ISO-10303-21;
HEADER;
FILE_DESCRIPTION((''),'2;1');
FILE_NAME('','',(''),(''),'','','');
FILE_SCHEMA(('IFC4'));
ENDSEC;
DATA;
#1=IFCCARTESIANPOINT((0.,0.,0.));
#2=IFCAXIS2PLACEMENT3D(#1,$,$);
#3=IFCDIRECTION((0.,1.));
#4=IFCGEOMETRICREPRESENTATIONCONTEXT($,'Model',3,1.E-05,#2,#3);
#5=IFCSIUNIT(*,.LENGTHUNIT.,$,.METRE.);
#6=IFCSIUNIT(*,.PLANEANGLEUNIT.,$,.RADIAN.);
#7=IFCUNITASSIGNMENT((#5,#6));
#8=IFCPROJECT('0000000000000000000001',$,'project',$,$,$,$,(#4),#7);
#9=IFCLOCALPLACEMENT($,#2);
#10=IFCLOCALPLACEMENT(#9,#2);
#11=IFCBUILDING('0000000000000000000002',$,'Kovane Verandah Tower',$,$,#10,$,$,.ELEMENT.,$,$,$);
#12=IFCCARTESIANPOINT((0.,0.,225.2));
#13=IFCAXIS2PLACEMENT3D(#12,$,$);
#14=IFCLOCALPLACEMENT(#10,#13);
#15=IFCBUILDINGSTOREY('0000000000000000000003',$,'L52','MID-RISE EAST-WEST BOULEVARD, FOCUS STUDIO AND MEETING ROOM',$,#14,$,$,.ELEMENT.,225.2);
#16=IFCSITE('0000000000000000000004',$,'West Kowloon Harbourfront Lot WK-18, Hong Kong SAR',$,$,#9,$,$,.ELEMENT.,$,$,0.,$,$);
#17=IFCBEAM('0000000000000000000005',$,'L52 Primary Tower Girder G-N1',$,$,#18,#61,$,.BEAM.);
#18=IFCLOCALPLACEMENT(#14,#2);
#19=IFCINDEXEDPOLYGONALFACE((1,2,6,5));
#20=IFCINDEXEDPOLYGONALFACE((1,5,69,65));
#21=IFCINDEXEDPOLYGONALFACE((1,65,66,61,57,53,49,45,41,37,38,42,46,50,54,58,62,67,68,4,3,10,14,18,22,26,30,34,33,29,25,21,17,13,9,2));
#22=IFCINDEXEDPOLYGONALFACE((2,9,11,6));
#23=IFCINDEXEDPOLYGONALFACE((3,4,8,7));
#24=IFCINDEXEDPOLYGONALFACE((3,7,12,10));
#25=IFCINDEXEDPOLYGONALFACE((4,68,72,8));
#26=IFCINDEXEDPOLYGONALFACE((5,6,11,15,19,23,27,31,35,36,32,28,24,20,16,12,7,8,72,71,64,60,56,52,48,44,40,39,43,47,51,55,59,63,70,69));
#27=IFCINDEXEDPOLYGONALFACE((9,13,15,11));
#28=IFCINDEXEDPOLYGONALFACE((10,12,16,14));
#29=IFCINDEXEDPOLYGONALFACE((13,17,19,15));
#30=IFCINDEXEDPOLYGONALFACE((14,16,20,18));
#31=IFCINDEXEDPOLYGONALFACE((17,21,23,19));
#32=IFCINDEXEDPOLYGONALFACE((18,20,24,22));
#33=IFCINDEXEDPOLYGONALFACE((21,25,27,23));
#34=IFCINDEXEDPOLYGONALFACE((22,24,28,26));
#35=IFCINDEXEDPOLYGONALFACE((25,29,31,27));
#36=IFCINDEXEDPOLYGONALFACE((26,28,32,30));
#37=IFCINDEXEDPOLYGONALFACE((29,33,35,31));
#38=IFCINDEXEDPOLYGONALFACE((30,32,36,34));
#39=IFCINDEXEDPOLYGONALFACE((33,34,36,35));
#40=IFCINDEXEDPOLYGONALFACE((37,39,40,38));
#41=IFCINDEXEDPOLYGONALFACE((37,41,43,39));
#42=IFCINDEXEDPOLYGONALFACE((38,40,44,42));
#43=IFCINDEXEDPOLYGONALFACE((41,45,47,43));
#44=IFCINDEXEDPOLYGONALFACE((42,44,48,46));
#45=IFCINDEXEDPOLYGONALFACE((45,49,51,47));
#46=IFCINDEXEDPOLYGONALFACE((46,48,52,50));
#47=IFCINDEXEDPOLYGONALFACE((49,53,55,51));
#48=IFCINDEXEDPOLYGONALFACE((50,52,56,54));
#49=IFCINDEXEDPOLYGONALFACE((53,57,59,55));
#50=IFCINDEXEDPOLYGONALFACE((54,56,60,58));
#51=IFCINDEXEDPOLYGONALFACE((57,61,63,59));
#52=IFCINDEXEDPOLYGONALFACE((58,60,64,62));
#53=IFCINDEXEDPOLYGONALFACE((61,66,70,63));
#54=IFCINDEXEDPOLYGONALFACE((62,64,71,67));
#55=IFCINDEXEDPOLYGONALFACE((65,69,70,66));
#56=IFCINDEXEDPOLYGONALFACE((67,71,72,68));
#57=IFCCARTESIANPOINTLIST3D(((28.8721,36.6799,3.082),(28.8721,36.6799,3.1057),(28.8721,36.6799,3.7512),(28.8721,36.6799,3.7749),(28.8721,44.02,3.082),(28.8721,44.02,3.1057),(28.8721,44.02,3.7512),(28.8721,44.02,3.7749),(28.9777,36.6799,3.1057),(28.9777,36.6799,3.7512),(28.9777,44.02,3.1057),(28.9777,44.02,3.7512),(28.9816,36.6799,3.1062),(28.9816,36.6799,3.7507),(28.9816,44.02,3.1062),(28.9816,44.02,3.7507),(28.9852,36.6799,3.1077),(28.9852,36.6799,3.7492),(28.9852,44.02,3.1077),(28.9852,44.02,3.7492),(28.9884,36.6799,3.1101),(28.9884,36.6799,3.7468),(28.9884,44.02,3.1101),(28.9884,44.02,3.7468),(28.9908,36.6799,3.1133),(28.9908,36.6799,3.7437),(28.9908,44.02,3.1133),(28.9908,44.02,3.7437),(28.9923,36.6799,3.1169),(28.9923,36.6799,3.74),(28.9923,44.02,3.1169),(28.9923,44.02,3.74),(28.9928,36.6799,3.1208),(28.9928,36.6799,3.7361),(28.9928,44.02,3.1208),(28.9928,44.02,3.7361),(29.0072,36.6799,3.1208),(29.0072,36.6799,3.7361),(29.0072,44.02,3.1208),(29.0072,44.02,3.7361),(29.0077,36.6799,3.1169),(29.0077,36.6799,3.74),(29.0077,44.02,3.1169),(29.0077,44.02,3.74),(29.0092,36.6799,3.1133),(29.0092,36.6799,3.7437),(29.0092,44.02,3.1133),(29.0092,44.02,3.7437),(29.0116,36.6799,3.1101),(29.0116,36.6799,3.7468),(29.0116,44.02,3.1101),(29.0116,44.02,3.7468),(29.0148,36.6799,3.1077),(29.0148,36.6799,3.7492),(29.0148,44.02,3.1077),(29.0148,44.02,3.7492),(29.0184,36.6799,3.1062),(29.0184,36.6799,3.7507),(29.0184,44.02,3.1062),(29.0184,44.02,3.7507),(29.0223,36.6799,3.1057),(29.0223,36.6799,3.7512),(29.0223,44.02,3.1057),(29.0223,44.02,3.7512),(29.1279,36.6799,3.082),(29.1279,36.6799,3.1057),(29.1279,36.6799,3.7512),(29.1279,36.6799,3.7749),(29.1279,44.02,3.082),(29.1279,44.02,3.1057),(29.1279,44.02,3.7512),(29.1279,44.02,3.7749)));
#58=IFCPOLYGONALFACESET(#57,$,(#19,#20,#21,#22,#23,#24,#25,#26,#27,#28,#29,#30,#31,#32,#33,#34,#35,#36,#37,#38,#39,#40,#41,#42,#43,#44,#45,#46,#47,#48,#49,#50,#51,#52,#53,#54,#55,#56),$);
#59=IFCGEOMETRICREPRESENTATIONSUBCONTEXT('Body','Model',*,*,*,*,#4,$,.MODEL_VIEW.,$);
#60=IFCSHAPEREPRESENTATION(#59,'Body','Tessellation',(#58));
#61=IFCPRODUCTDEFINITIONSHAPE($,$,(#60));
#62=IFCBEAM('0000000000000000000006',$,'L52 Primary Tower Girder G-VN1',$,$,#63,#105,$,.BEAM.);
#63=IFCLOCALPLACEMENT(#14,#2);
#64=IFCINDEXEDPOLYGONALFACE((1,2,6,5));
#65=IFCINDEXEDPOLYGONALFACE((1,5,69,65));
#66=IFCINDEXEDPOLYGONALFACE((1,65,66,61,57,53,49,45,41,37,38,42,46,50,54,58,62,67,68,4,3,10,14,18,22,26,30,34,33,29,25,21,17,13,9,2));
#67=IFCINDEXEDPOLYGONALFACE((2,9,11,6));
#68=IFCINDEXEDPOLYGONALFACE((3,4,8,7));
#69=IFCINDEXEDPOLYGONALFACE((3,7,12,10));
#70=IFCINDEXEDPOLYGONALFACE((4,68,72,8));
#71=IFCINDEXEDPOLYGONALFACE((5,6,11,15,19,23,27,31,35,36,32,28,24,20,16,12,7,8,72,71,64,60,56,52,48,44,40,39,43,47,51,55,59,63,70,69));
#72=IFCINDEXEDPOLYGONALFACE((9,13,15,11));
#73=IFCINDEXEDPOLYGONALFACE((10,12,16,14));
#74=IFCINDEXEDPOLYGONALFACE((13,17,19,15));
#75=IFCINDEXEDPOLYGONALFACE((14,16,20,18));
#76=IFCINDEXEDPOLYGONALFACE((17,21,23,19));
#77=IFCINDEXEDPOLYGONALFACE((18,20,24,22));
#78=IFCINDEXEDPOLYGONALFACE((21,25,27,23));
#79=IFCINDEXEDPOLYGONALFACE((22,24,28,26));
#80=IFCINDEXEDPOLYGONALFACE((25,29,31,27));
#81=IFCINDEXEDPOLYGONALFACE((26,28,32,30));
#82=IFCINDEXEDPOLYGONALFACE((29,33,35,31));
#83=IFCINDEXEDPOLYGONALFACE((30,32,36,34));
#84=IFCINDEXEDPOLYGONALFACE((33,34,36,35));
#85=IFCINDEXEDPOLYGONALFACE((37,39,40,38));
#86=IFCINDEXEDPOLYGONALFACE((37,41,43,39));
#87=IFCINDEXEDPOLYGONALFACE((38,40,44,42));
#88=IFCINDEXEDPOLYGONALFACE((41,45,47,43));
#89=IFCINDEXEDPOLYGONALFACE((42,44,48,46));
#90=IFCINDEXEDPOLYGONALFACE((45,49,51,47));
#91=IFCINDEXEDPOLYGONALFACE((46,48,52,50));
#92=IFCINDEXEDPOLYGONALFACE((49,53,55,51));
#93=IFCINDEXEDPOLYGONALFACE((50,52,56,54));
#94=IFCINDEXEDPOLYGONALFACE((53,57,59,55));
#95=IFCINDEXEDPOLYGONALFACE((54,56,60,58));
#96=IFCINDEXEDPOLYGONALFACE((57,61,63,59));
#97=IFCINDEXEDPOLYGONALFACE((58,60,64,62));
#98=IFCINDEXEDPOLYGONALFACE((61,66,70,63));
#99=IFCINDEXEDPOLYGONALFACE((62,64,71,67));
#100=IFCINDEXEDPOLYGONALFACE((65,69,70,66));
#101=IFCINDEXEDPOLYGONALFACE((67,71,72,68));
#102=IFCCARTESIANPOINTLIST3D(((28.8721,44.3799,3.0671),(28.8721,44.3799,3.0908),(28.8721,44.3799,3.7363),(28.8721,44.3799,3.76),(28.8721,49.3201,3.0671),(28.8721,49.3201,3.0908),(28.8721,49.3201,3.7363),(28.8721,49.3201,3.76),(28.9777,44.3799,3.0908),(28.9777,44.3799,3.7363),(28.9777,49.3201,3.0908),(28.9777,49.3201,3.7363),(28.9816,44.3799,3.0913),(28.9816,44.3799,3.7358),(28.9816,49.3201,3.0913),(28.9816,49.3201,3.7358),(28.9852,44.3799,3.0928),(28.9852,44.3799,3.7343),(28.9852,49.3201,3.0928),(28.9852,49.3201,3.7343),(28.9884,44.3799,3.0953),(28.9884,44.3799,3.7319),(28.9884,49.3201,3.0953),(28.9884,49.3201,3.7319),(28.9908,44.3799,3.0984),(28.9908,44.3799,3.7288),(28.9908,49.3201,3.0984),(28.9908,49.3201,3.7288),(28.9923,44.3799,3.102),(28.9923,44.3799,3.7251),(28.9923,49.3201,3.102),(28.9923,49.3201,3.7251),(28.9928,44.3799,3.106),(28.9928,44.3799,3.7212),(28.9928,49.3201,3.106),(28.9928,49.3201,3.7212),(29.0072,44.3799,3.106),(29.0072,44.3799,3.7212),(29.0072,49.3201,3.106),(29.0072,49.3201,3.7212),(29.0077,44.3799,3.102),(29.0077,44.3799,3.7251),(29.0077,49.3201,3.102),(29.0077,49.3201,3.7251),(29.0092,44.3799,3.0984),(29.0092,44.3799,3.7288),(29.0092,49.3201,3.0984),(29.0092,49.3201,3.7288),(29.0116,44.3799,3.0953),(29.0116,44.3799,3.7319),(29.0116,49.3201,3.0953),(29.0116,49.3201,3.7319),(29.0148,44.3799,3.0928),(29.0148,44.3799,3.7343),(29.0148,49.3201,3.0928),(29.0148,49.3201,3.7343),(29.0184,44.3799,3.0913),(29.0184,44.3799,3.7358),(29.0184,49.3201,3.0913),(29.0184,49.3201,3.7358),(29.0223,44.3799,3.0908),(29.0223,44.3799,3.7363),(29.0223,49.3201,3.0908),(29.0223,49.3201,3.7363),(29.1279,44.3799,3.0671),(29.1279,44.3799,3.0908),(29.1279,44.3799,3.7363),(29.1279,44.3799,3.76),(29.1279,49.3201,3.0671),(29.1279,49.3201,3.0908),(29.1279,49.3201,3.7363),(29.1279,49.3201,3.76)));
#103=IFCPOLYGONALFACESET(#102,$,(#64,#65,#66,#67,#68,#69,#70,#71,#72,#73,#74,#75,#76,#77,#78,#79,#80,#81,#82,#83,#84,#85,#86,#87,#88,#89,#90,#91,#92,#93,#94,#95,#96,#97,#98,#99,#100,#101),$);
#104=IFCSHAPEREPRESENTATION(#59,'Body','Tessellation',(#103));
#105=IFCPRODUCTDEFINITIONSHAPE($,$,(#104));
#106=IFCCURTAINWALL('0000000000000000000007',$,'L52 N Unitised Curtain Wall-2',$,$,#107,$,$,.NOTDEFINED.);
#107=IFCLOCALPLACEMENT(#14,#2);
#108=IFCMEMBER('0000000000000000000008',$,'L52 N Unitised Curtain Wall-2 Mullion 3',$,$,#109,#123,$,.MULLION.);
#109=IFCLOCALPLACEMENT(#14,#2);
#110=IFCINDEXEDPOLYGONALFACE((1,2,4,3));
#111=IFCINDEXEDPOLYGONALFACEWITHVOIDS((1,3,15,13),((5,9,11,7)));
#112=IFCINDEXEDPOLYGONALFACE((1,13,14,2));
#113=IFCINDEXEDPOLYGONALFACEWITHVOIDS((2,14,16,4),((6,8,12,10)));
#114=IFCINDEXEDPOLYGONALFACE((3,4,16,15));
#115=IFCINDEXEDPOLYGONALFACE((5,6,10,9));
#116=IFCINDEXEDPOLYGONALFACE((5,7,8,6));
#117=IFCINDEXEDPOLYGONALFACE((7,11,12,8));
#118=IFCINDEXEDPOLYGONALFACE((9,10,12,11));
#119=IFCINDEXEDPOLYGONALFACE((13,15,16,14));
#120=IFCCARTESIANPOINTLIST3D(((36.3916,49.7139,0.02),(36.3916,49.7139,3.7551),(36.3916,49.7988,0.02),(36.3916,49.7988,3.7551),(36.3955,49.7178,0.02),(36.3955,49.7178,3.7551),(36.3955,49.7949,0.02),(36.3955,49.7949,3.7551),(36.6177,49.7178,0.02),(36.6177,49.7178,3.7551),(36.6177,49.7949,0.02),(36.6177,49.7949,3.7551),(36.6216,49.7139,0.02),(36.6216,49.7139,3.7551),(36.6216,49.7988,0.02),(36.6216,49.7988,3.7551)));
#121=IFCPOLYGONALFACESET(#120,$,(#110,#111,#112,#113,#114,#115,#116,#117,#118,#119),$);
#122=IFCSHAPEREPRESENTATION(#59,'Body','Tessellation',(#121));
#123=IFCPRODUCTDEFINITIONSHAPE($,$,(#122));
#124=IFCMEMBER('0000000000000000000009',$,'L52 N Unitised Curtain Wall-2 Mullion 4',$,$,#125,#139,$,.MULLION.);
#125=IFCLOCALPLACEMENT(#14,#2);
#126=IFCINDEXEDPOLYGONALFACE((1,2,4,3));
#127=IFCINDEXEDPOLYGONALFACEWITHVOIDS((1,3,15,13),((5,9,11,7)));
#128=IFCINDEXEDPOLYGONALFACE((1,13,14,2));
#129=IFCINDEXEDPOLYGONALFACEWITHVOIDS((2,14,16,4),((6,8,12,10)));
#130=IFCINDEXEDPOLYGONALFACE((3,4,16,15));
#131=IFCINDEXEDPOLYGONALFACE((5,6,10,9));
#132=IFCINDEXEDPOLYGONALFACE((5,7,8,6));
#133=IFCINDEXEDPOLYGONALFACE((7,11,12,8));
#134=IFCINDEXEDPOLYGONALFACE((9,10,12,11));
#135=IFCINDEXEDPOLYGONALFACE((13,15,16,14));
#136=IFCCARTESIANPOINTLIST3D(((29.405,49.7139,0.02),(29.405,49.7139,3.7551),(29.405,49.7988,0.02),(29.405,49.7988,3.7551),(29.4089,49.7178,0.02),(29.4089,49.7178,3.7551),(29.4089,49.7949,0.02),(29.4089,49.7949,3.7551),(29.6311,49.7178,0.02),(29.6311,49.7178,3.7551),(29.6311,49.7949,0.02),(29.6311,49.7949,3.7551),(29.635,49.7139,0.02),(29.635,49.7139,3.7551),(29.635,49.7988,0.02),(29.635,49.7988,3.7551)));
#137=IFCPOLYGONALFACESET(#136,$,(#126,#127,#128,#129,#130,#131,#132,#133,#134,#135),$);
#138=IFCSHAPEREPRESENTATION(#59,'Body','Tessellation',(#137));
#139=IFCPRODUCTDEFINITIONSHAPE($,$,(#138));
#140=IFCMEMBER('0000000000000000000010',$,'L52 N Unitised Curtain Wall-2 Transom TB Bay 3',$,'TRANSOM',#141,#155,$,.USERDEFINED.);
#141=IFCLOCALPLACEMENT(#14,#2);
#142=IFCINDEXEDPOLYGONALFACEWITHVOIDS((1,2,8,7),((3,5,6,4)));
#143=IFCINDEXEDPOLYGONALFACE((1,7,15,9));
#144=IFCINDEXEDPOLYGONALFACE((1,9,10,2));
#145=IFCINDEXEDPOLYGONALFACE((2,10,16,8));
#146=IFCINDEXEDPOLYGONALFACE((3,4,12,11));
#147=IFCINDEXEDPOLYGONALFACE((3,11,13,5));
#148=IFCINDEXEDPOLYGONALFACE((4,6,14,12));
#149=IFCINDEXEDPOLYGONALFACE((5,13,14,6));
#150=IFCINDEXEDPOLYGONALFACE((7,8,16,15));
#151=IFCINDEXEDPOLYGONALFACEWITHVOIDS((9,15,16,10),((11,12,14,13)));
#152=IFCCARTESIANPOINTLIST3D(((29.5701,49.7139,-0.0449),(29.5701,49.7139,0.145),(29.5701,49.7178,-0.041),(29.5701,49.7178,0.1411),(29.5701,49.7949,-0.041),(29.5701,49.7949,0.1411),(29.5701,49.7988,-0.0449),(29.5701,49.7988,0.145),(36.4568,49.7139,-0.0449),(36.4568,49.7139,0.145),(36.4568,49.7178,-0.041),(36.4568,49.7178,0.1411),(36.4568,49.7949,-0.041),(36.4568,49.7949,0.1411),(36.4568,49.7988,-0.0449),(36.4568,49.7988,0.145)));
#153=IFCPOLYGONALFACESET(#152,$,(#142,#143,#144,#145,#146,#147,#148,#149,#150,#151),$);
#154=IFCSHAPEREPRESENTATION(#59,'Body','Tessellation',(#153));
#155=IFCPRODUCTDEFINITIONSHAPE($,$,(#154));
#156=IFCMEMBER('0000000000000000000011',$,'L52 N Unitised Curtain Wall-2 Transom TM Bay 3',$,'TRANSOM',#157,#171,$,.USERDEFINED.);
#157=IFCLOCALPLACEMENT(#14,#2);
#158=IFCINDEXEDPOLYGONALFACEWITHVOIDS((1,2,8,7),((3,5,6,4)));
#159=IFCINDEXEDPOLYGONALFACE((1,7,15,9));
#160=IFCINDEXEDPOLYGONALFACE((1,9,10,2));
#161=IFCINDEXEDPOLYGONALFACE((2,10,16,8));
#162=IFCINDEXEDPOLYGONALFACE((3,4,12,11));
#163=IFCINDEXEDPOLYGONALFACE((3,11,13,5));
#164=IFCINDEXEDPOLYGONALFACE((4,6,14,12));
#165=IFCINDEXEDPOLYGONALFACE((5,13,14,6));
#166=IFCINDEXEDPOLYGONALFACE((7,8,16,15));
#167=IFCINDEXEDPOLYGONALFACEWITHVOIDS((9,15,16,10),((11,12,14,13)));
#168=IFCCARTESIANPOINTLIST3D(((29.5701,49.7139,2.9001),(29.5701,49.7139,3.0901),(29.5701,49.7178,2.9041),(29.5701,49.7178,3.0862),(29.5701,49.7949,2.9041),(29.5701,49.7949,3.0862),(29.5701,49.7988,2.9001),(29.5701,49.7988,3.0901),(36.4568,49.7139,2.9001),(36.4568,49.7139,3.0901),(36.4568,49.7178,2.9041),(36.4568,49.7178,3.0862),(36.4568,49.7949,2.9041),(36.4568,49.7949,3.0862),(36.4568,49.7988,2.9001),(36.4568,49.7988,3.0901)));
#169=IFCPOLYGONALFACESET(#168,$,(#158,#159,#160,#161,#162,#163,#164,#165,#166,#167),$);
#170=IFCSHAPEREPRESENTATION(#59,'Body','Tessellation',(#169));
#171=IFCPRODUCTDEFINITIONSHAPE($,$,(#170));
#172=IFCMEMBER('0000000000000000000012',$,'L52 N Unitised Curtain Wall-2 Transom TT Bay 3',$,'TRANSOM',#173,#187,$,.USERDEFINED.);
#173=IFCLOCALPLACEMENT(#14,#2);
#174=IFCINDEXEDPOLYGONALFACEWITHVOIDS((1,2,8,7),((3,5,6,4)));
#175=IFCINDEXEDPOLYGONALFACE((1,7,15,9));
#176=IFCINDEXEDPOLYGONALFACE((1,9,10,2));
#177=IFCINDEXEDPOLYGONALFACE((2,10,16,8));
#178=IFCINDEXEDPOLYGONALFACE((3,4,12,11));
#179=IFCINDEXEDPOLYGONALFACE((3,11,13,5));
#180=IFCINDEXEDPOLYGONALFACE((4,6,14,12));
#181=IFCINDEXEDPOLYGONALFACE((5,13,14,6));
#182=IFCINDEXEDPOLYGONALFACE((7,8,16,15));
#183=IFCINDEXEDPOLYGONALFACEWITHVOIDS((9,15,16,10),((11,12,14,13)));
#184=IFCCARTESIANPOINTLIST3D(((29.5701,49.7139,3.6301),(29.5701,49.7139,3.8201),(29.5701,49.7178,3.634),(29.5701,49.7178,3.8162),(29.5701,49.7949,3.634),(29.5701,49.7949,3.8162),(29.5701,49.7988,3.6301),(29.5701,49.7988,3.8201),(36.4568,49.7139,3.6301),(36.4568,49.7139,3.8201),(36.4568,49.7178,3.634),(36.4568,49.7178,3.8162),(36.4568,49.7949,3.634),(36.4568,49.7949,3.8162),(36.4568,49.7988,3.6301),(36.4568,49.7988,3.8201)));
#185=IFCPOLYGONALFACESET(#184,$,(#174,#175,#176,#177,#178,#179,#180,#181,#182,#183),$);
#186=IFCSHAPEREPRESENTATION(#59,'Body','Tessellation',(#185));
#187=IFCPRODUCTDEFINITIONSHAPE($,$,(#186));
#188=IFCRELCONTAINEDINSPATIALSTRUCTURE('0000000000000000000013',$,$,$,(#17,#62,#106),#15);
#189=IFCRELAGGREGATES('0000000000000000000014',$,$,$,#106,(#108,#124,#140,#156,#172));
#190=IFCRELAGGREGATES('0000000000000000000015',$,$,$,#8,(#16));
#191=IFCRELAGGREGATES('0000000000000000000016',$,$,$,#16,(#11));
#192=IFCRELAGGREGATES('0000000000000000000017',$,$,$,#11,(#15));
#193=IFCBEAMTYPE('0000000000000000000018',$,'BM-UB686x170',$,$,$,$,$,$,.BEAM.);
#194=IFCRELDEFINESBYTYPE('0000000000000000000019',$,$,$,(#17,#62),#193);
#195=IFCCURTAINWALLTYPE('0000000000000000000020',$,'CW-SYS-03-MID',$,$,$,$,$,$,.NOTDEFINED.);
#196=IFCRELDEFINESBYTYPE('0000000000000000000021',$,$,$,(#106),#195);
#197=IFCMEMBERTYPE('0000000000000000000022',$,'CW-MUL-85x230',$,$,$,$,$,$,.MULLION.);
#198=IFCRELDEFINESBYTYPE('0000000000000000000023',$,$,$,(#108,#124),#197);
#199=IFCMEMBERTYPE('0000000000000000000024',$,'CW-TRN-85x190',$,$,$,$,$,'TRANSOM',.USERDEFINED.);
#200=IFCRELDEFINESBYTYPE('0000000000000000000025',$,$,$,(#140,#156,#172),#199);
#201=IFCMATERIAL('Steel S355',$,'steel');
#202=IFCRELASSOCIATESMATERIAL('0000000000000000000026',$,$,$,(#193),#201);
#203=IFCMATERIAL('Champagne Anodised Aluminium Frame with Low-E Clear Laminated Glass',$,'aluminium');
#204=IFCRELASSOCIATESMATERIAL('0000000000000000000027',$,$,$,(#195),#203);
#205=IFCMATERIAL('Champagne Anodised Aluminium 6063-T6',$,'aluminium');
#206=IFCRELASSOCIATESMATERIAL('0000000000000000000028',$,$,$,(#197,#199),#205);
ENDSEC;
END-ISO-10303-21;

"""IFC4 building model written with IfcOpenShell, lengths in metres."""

from ifc_helpers import new_model, si_unit, direction, frame, origin, origin_2d, place, context, subcontext, project, spatial, hollow_rectangle, i_section, extrude, material, material_profile, profile_set, type_object, element, aggregate, save


model = new_model("IFC4")

# Units and contexts
model_context = context("Model", 3, precision=1e-05, world=origin(), true_north=direction((0.0, 1.0)))
body_context = subcontext(model_context, "Body", "Model", "MODEL_VIEW")
ifc_project = project(units=[si_unit("LENGTHUNIT", "METRE"), si_unit("PLANEANGLEUNIT", "RADIAN")], contexts=[model_context])

# Site, building, storey
site_placement = place(None, origin())
site = spatial("IfcSite", under=ifc_project, at=site_placement, Name="West Kowloon Harbourfront Lot WK-18, Hong Kong SAR", CompositionType="ELEMENT", RefElevation=0.0)
building_placement = place(site_placement, origin())
building = spatial("IfcBuilding", under=site, at=building_placement, Name="Kovane Verandah Tower", CompositionType="ELEMENT")
storey_placement = place(building_placement, frame((0.0, 0.0, 225.2)))
storey = spatial("IfcBuildingStorey", under=building, at=storey_placement, Name="L52", Description="MID-RISE EAST-WEST BOULEVARD, FOCUS STUDIO AND MEETING ROOM", CompositionType="ELEMENT", Elevation=225.2)

# Beams
ifc_material_1 = material(Name="Steel S355", Category="steel")
ifc_material_profile_1 = material_profile(ifc_material_1, i_section(OverallWidth=0.2559, OverallDepth=0.6929, WebThickness=0.0144, FlangeThickness=0.0237, FilletRadius=0.0151, at=origin_2d()), Name="UB686x254x170")
ifc_profile_set_1 = profile_set([ifc_material_profile_1], Name="Steel S355")
beam_type_1 = type_object("IfcBeamType", Name="BM-UB686x170", PredefinedType="BEAM", material=ifc_profile_set_1)
beam_1_placement = place(storey_placement, frame((29.0, 36.6799, 3.4285), z_axis=(0.0, 1.0, 0.0), x_axis=(-1.0, 0.0, 0.0)))
element("IfcBeam", 1, at=beam_1_placement, inside=storey, type_object=beam_type_1, Name="L52 Primary Tower Girder G-N1", PredefinedType="BEAM", context=body_context, shape_type="SweptSolid", body=[
    extrude(i_section(OverallWidth=0.2559, OverallDepth=0.6929, WebThickness=0.0144, FlangeThickness=0.0237, FilletRadius=0.0151, at=origin_2d()), origin(), (0.0, 0.0, 1.0), 7.3401),
])
beam_2_placement = place(storey_placement, frame((29.0, 44.3799, 3.4136), z_axis=(0.0, 1.0, 0.0), x_axis=(-1.0, 0.0, 0.0)))
element("IfcBeam", 2, at=beam_2_placement, inside=storey, type_object=beam_type_1, Name="L52 Primary Tower Girder G-VN1", PredefinedType="BEAM", context=body_context, shape_type="SweptSolid", body=[
    extrude(i_section(OverallWidth=0.2559, OverallDepth=0.6929, WebThickness=0.0144, FlangeThickness=0.0237, FilletRadius=0.0151, at=origin_2d()), origin(), (0.0, 0.0, 1.0), 4.9402),
])

# Curtain wall, members
ifc_material_2 = material(Name="Champagne Anodised Aluminium Frame with Low-E Clear Laminated Glass", Category="aluminium")
curtain_wall_type = type_object("IfcCurtainWallType", Name="CW-SYS-03-MID", PredefinedType="NOTDEFINED", material=ifc_material_2)
curtain_wall_placement = place(storey_placement, origin())
curtain_wall = element("IfcCurtainWall", 3, at=curtain_wall_placement, inside=storey, type_object=curtain_wall_type, Name="L52 N Unitised Curtain Wall-2", PredefinedType="NOTDEFINED")
ifc_material_3 = material(Name="Champagne Anodised Aluminium 6063-T6", Category="aluminium")
ifc_material_profile_2 = material_profile(ifc_material_3, hollow_rectangle(XDim=0.085, YDim=0.23, WallThickness=0.0039, at=origin_2d()), Name="AL85x230x4")
ifc_profile_set_2 = profile_set([ifc_material_profile_2], Name="Champagne Anodised Aluminium 6063-T6")
member_type_1 = type_object("IfcMemberType", Name="CW-MUL-85x230", PredefinedType="MULLION", material=ifc_profile_set_2)
member_1_placement = place(storey_placement, frame((36.5066, 49.7563, 0.02), z_axis=(0.0, 0.0, 1.0), x_axis=(0.0, 1.0, 0.0)))
member_1 = element("IfcMember", 4, at=member_1_placement, type_object=member_type_1, Name="L52 N Unitised Curtain Wall-2 Mullion 3", PredefinedType="MULLION", context=body_context, shape_type="SweptSolid", body=[
    extrude(hollow_rectangle(XDim=0.085, YDim=0.23, WallThickness=0.0039, at=origin_2d()), origin(), (0.0, 0.0, 1.0), 3.7351),
])
member_2_placement = place(storey_placement, frame((29.52, 49.7563, 0.02), z_axis=(0.0, 0.0, 1.0), x_axis=(0.0, 1.0, 0.0)))
member_2 = element("IfcMember", 5, at=member_2_placement, type_object=member_type_1, Name="L52 N Unitised Curtain Wall-2 Mullion 4", PredefinedType="MULLION", context=body_context, shape_type="SweptSolid", body=[
    extrude(hollow_rectangle(XDim=0.085, YDim=0.23, WallThickness=0.0039, at=origin_2d()), origin(), (0.0, 0.0, 1.0), 3.7351),
])
ifc_material_profile_3 = material_profile(ifc_material_3, hollow_rectangle(XDim=0.085, YDim=0.1899, WallThickness=0.0039, at=origin_2d()), Name="AL85x190x4")
ifc_profile_set_3 = profile_set([ifc_material_profile_3], Name="Champagne Anodised Aluminium 6063-T6")
member_type_2 = type_object("IfcMemberType", Name="CW-TRN-85x190", ElementType="TRANSOM", PredefinedType="USERDEFINED", material=ifc_profile_set_3)
member_3_placement = place(storey_placement, frame((36.4568, 49.7563, 0.05), z_axis=(-1.0, 0.0, 0.0), x_axis=(0.0, -1.0, 0.0)))
member_3 = element("IfcMember", 6, at=member_3_placement, type_object=member_type_2, Name="L52 N Unitised Curtain Wall-2 Transom TB Bay 3", ObjectType="TRANSOM", PredefinedType="USERDEFINED", context=body_context, shape_type="SweptSolid", body=[
    extrude(hollow_rectangle(XDim=0.085, YDim=0.1899, WallThickness=0.0039, at=origin_2d()), origin(), (0.0, 0.0, 1.0), 6.8867),
])
member_4_placement = place(storey_placement, frame((36.4568, 49.7563, 2.9951), z_axis=(-1.0, 0.0, 0.0), x_axis=(0.0, -1.0, 0.0)))
member_4 = element("IfcMember", 7, at=member_4_placement, type_object=member_type_2, Name="L52 N Unitised Curtain Wall-2 Transom TM Bay 3", ObjectType="TRANSOM", PredefinedType="USERDEFINED", context=body_context, shape_type="SweptSolid", body=[
    extrude(hollow_rectangle(XDim=0.085, YDim=0.1899, WallThickness=0.0039, at=origin_2d()), origin(), (0.0, 0.0, 1.0), 6.8867),
])
member_5_placement = place(storey_placement, frame((36.4568, 49.7563, 3.7251), z_axis=(-1.0, 0.0, 0.0), x_axis=(0.0, -1.0, 0.0)))
member_5 = element("IfcMember", 8, at=member_5_placement, type_object=member_type_2, Name="L52 N Unitised Curtain Wall-2 Transom TT Bay 3", ObjectType="TRANSOM", PredefinedType="USERDEFINED", context=body_context, shape_type="SweptSolid", body=[
    extrude(hollow_rectangle(XDim=0.085, YDim=0.1899, WallThickness=0.0039, at=origin_2d()), origin(), (0.0, 0.0, 1.0), 6.8867),
])

aggregate(curtain_wall, [member_1, member_2, member_3, member_4, member_5])

save(model, "model.ifc")
